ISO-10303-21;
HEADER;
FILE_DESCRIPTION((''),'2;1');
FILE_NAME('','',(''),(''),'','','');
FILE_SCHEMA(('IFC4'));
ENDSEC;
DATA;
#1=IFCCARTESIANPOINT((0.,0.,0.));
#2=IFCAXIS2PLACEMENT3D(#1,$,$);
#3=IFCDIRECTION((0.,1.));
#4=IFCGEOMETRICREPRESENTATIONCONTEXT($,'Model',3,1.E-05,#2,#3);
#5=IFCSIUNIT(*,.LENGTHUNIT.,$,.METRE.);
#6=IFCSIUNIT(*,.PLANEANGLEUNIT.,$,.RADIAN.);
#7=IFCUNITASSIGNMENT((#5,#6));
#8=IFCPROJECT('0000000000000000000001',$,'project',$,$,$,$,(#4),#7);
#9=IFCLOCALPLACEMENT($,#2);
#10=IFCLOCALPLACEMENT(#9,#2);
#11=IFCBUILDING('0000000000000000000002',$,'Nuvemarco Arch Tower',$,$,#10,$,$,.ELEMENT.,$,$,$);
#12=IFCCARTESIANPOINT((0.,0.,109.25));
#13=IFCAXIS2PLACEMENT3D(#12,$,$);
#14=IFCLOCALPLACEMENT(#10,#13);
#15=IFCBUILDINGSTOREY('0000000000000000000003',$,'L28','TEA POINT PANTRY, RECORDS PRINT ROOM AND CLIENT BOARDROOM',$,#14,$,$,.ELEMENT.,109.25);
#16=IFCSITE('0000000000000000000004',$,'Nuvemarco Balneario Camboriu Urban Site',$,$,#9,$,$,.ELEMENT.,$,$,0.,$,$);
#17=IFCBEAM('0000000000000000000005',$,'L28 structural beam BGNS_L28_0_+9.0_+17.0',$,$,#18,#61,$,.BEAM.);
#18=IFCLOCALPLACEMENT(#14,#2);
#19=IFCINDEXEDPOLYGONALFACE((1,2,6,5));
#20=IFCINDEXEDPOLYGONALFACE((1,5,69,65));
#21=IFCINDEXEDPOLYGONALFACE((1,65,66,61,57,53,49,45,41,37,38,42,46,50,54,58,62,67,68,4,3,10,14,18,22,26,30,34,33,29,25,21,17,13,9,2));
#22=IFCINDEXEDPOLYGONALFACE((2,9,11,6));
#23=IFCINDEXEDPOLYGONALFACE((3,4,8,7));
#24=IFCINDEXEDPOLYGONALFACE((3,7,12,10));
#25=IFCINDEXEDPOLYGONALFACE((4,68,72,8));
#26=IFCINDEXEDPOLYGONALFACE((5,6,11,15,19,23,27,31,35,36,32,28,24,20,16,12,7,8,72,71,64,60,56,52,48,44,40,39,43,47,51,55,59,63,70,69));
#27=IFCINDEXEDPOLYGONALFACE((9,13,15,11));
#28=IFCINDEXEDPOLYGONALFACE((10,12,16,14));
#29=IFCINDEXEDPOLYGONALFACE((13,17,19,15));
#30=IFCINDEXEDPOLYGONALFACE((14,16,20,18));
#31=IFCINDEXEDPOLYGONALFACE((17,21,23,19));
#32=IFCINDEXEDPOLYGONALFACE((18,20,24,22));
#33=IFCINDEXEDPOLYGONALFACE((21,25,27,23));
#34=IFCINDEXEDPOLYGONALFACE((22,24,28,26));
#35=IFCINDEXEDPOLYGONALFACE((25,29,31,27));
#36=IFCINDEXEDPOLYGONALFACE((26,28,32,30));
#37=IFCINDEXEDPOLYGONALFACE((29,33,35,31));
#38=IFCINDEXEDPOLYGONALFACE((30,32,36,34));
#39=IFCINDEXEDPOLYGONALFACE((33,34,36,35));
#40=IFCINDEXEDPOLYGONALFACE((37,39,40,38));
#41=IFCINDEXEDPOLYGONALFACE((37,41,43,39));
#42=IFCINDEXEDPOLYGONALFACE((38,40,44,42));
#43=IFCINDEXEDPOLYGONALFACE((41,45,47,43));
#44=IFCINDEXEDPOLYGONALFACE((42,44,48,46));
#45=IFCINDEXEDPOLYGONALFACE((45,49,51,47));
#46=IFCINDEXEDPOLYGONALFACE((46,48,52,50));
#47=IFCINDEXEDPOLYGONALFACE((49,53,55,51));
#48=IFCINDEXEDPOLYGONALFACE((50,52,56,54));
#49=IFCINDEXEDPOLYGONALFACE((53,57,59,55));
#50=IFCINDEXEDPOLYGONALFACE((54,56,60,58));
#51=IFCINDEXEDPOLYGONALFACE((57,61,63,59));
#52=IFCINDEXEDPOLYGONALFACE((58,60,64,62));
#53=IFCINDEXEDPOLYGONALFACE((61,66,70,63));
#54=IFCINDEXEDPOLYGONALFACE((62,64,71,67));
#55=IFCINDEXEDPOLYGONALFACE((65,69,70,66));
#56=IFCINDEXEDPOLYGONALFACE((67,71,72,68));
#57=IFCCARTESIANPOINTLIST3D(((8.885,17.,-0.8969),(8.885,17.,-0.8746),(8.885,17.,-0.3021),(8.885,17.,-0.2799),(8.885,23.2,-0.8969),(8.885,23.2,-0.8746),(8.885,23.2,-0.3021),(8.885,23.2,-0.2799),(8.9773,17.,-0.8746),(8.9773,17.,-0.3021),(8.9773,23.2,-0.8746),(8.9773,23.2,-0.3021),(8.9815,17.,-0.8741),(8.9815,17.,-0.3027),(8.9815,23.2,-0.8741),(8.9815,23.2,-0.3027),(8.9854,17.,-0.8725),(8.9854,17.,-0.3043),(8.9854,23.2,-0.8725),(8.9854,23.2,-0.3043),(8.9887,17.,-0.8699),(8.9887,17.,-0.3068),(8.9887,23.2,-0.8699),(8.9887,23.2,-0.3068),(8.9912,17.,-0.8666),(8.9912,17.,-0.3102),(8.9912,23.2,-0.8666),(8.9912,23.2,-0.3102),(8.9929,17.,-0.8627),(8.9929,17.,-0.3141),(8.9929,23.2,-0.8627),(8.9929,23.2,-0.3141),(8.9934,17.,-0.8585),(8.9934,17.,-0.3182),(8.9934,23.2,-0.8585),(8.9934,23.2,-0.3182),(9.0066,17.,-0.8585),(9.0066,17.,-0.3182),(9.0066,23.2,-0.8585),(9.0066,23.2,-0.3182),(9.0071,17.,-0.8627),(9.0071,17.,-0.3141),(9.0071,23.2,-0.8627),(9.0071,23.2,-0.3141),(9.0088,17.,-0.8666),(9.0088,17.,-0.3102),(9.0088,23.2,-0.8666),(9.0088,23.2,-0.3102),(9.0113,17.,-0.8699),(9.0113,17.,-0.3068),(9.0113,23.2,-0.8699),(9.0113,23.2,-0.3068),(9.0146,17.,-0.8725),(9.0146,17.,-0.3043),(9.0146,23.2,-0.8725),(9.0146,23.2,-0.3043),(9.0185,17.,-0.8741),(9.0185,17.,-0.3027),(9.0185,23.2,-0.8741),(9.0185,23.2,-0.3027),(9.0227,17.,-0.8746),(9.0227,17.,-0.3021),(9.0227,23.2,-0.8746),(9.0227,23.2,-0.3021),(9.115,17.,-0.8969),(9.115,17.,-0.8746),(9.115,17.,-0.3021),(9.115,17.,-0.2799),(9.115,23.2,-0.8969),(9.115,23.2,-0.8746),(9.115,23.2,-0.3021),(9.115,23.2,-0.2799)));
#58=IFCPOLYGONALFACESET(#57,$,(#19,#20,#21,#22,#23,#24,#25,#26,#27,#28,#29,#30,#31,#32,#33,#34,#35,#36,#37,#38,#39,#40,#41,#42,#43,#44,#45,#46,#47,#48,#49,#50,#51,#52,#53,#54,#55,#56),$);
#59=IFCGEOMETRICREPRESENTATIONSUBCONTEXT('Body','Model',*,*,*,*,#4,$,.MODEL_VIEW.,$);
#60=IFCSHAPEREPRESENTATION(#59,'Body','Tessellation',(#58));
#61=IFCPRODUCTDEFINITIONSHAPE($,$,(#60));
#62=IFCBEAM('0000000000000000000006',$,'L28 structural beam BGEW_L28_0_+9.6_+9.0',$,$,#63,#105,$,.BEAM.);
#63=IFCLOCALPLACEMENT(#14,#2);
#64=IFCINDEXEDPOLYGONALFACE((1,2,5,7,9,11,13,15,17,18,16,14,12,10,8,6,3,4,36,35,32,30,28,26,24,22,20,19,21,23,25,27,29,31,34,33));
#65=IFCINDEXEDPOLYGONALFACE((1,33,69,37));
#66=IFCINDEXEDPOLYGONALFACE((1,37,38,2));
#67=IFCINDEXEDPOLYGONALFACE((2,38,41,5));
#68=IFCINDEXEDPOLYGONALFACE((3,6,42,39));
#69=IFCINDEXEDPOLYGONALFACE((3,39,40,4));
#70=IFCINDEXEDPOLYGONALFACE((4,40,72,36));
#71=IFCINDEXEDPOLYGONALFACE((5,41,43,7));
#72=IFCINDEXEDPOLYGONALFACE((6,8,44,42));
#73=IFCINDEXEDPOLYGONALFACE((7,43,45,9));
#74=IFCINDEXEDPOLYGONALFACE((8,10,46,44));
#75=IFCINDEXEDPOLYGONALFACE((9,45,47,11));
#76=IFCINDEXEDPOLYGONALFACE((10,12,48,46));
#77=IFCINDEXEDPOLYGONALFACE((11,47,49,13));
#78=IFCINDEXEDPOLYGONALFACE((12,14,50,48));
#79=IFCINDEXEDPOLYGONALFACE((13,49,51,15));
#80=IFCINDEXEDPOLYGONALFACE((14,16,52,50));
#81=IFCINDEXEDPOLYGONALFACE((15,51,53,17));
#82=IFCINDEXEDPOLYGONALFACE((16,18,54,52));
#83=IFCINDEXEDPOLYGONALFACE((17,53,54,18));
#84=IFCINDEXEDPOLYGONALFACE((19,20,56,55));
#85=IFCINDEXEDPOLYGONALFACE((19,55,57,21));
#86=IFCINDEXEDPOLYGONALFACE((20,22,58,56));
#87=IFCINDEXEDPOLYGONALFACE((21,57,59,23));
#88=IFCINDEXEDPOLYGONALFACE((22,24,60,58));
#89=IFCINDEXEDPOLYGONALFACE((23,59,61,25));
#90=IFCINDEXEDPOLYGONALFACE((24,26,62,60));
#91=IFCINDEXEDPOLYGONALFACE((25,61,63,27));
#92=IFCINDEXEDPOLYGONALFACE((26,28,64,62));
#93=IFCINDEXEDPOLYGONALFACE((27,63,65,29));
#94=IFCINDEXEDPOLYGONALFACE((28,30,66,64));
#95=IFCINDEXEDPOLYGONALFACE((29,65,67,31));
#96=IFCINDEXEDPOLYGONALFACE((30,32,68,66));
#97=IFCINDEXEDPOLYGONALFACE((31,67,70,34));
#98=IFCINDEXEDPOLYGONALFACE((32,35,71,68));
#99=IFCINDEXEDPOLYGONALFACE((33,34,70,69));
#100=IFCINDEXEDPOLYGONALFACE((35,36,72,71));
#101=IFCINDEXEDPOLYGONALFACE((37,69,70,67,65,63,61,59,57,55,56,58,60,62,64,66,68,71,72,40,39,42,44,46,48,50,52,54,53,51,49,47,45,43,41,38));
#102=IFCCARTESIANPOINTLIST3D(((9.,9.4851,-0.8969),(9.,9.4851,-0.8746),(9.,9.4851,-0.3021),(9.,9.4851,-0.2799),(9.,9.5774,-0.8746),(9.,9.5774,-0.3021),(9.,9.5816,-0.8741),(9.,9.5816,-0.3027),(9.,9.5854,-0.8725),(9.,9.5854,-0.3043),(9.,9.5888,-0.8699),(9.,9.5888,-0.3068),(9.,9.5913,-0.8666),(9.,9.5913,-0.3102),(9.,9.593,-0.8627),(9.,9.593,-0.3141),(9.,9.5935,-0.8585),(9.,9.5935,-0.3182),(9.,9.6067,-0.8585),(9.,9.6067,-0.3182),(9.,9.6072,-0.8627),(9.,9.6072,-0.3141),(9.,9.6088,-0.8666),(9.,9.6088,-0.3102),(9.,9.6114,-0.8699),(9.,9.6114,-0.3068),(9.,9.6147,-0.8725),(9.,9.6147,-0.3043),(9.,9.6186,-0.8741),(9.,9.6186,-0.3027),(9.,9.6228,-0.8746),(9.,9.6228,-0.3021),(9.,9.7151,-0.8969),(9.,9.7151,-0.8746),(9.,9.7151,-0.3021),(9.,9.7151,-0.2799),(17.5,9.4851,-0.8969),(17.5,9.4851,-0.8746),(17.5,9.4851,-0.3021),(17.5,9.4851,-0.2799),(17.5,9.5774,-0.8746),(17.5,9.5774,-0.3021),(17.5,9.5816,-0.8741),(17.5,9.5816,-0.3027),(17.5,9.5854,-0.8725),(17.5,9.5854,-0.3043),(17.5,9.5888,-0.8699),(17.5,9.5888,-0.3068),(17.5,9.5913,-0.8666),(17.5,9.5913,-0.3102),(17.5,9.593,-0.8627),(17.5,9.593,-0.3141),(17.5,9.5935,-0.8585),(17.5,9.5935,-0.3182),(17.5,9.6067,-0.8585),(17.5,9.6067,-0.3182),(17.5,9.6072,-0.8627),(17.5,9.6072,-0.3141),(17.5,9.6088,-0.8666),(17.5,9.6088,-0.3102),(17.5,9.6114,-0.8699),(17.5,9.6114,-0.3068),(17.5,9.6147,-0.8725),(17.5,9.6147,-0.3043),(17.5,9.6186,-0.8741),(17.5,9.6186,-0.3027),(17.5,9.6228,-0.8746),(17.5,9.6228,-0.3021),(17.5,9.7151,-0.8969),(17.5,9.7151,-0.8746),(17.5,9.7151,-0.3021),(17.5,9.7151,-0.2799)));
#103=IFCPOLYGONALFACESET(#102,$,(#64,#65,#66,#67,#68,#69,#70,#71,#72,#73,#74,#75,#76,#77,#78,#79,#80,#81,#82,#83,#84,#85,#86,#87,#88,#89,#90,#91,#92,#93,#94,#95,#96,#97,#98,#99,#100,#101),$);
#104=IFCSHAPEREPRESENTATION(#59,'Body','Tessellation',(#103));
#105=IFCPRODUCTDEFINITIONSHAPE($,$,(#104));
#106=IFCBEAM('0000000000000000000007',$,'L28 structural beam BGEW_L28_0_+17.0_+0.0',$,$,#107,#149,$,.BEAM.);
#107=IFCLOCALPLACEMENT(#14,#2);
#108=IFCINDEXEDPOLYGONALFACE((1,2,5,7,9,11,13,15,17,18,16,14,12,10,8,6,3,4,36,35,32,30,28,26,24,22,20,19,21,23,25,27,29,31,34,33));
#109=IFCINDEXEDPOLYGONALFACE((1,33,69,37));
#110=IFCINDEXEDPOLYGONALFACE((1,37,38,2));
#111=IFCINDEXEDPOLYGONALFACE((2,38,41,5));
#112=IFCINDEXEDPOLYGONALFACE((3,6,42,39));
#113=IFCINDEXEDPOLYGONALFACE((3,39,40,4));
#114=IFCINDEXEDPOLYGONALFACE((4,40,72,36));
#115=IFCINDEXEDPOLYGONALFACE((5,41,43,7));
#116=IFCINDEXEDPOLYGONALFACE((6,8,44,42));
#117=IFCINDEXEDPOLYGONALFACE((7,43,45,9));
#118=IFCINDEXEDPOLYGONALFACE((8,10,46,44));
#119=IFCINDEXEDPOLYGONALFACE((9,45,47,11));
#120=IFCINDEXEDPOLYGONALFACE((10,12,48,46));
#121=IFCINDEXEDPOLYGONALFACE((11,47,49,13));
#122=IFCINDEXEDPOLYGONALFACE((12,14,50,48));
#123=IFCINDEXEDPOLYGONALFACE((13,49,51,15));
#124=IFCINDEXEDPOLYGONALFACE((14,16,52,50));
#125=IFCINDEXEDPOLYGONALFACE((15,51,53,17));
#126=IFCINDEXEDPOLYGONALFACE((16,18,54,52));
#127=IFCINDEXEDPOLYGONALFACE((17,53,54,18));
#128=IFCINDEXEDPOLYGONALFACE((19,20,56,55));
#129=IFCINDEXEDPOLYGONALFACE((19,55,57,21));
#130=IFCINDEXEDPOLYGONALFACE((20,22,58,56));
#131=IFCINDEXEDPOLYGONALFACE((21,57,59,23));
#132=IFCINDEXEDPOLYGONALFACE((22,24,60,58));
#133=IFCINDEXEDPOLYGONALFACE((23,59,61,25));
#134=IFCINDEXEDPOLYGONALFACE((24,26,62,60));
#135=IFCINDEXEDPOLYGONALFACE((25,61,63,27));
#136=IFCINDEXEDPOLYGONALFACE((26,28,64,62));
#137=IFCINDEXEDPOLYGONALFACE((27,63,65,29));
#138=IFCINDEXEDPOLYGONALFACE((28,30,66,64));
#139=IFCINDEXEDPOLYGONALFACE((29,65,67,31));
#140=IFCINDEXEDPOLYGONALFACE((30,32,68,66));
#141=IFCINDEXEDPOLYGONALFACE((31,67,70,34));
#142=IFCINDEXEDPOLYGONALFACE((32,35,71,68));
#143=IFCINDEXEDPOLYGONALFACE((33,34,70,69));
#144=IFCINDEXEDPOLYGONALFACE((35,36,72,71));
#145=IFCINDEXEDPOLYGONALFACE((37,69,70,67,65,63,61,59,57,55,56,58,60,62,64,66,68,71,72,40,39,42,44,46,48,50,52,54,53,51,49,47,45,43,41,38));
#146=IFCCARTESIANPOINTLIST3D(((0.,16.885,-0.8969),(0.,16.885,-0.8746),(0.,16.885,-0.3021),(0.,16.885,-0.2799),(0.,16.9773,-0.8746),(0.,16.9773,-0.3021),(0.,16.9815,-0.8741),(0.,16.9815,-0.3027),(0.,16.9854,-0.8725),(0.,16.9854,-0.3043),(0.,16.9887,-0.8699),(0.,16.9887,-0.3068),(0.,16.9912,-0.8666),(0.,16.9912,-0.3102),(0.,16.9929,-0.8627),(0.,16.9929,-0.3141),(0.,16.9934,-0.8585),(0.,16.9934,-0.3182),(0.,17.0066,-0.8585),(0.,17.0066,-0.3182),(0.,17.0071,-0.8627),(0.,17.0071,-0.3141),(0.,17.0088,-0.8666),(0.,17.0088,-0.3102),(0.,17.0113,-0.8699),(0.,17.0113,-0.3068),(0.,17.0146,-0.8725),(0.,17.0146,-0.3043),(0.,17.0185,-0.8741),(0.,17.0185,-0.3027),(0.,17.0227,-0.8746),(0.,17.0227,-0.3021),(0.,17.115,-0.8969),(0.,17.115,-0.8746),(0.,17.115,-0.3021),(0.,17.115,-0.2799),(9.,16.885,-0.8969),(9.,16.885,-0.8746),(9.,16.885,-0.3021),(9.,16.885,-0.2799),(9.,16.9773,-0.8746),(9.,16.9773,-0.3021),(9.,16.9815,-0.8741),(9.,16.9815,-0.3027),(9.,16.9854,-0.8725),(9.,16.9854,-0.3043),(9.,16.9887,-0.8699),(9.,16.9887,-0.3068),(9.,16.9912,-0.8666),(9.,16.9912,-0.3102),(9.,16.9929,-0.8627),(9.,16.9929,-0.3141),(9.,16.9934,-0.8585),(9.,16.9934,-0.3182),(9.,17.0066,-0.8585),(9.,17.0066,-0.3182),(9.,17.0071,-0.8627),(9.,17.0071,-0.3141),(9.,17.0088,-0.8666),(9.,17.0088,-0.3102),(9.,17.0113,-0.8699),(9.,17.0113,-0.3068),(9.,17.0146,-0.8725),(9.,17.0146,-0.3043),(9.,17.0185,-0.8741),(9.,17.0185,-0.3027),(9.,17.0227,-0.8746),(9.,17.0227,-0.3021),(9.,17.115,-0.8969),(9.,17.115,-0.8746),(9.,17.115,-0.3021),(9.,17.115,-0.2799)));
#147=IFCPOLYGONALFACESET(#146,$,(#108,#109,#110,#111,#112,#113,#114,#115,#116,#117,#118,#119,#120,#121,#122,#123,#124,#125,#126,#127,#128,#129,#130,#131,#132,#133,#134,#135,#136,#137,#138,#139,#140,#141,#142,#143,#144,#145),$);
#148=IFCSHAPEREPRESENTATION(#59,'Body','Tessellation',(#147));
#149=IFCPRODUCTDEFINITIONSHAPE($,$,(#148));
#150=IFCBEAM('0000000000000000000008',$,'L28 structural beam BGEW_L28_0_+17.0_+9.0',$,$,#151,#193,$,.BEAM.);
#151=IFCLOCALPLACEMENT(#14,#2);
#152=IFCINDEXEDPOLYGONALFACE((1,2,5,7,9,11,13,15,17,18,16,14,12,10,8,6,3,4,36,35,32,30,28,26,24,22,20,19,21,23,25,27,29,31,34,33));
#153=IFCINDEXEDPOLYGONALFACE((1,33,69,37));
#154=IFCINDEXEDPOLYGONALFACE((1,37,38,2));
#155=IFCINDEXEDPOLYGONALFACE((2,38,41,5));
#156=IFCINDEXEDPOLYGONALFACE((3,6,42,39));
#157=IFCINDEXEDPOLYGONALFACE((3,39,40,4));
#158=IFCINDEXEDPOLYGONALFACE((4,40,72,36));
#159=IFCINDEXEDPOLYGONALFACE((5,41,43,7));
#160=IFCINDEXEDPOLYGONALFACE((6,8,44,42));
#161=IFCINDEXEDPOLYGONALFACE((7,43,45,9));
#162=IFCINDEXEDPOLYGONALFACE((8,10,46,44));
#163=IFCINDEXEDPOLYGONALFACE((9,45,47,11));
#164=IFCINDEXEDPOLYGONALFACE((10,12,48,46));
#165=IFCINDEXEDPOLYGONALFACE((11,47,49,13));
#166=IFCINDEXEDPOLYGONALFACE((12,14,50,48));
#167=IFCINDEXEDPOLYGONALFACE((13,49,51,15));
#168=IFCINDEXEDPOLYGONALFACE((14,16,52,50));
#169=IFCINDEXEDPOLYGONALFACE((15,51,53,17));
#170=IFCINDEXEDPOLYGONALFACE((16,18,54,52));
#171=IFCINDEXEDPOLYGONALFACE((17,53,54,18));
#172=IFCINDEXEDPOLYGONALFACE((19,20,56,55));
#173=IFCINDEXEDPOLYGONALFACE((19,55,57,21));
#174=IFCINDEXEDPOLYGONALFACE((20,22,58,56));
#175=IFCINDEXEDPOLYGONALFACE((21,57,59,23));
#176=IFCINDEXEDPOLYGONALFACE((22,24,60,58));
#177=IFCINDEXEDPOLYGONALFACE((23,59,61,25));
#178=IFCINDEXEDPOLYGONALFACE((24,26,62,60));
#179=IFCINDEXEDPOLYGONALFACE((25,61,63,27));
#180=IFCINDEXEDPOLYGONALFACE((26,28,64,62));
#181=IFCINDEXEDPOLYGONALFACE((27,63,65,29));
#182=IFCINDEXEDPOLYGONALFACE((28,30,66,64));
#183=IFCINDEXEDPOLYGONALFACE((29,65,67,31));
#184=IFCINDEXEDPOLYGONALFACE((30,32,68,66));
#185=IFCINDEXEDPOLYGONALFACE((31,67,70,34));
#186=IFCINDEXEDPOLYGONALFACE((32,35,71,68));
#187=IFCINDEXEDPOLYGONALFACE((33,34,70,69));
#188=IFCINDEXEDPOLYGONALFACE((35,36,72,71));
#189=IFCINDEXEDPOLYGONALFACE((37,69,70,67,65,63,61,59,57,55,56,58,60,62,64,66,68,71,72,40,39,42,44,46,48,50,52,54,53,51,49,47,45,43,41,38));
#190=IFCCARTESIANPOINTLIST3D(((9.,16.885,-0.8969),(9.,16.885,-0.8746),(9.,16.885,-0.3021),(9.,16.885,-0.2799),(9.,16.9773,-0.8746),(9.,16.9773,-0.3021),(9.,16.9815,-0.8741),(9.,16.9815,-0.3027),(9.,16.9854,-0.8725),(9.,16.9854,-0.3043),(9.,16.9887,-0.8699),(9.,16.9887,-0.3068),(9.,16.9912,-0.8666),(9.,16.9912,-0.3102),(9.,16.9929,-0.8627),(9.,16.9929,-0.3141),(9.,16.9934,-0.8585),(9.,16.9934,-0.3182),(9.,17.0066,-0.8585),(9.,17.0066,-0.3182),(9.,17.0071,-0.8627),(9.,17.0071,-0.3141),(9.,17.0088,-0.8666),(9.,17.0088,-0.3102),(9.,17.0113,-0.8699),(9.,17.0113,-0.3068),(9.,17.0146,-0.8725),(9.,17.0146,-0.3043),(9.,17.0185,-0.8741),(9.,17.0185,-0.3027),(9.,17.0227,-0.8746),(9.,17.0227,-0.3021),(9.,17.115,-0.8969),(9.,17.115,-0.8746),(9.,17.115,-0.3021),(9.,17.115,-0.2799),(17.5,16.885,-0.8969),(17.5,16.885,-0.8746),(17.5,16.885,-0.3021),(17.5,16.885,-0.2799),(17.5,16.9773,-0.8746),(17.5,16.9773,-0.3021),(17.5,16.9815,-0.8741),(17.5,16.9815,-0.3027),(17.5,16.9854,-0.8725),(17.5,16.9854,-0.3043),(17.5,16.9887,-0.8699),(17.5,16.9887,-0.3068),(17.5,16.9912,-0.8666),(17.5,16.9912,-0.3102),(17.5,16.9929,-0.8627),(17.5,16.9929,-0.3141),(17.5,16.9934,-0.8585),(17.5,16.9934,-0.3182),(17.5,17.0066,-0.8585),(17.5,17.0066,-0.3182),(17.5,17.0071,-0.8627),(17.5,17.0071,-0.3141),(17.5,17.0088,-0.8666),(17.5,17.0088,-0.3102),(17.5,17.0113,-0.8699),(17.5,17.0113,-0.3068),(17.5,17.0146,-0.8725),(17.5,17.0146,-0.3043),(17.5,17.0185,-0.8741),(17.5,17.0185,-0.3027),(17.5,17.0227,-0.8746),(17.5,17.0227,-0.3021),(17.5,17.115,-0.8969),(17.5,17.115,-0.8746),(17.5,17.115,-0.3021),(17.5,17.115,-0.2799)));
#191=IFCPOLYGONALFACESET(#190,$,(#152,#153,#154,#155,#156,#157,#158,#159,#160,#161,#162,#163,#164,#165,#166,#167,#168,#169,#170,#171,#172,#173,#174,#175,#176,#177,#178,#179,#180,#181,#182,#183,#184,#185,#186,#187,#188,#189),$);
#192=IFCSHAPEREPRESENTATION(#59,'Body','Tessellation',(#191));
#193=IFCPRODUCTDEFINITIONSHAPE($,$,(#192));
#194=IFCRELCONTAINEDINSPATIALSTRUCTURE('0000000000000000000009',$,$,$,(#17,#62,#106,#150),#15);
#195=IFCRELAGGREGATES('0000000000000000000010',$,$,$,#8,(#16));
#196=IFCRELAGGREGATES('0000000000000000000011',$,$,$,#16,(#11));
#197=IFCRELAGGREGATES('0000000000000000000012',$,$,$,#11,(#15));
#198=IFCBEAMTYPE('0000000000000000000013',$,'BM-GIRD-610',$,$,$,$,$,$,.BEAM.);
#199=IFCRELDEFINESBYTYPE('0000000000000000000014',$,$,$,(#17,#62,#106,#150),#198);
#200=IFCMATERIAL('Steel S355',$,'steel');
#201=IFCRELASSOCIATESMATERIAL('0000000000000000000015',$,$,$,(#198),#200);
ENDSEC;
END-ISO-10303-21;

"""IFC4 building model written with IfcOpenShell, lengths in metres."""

from ifc_helpers import new_model, si_unit, direction, frame, origin, origin_2d, place, context, subcontext, project, spatial, i_section, extrude, material, material_profile, profile_set, type_object, element, save


model = new_model("IFC4")

# Units and contexts
model_context = context("Model", 3, precision=1e-05, world=origin(), true_north=direction((0.0, 1.0)))
body_context = subcontext(model_context, "Body", "Model", "MODEL_VIEW")
ifc_project = project(units=[si_unit("LENGTHUNIT", "METRE"), si_unit("PLANEANGLEUNIT", "RADIAN")], contexts=[model_context])

# Site, building, storey
site_placement = place(None, origin())
site = spatial("IfcSite", under=ifc_project, at=site_placement, Name="Nuvemarco Balneario Camboriu Urban Site", CompositionType="ELEMENT", RefElevation=0.0)
building_placement = place(site_placement, origin())
building = spatial("IfcBuilding", under=site, at=building_placement, Name="Nuvemarco Arch Tower", CompositionType="ELEMENT")
storey_placement = place(building_placement, frame((0.0, 0.0, 109.25)))
storey = spatial("IfcBuildingStorey", under=building, at=storey_placement, Name="L28", Description="TEA POINT PANTRY, RECORDS PRINT ROOM AND CLIENT BOARDROOM", CompositionType="ELEMENT", Elevation=109.25)

# Shared definitions
ifc_material_1 = material(Name="Steel S355", Category="steel")

# Beams
ifc_material_profile_1 = material_profile(ifc_material_1, i_section(OverallWidth=0.23, OverallDepth=0.6169, WebThickness=0.0132, FlangeThickness=0.0222, FilletRadius=0.0161, at=origin_2d()), Name="W610x140")
ifc_profile_set_1 = profile_set([ifc_material_profile_1], Name="Steel S355")
beam_type_1 = type_object("IfcBeamType", Name="BM-GIRD-610", PredefinedType="BEAM", material=ifc_profile_set_1)
beam_1_placement = place(storey_placement, frame((9.0, 17.0, -0.5884), z_axis=(0.0, 1.0, 0.0), x_axis=(-1.0, 0.0, 0.0)))
element("IfcBeam", 1, at=beam_1_placement, inside=storey, type_object=beam_type_1, Name="L28 structural beam BGNS_L28_0_+9.0_+17.0", PredefinedType="BEAM", context=body_context, shape_type="SweptSolid", body=[
    extrude(i_section(OverallWidth=0.23, OverallDepth=0.6169, WebThickness=0.0132, FlangeThickness=0.0222, FilletRadius=0.0161, at=origin_2d()), origin(), (0.0, 0.0, 1.0), 6.2),
])
beam_2_placement = place(storey_placement, frame((9.0, 9.6001, -0.5884), z_axis=(1.0, 0.0, 0.0), x_axis=(0.0, 1.0, 0.0)))
element("IfcBeam", 2, at=beam_2_placement, inside=storey, type_object=beam_type_1, Name="L28 structural beam BGEW_L28_0_+9.6_+9.0", PredefinedType="BEAM", context=body_context, shape_type="SweptSolid", body=[
    extrude(i_section(OverallWidth=0.23, OverallDepth=0.6169, WebThickness=0.0132, FlangeThickness=0.0222, FilletRadius=0.0161, at=origin_2d()), origin(), (0.0, 0.0, 1.0), 8.5),
])
beam_3_placement = place(storey_placement, frame((0.0, 17.0, -0.5884), z_axis=(1.0, 0.0, 0.0), x_axis=(0.0, 1.0, 0.0)))
element("IfcBeam", 3, at=beam_3_placement, inside=storey, type_object=beam_type_1, Name="L28 structural beam BGEW_L28_0_+17.0_+0.0", PredefinedType="BEAM", context=body_context, shape_type="SweptSolid", body=[
    extrude(i_section(OverallWidth=0.23, OverallDepth=0.6169, WebThickness=0.0132, FlangeThickness=0.0222, FilletRadius=0.0161, at=origin_2d()), origin(), (0.0, 0.0, 1.0), 9.0),
])
beam_4_placement = place(storey_placement, frame((9.0, 17.0, -0.5884), z_axis=(1.0, 0.0, 0.0), x_axis=(0.0, 1.0, 0.0)))
element("IfcBeam", 4, at=beam_4_placement, inside=storey, type_object=beam_type_1, Name="L28 structural beam BGEW_L28_0_+17.0_+9.0", PredefinedType="BEAM", context=body_context, shape_type="SweptSolid", body=[
    extrude(i_section(OverallWidth=0.23, OverallDepth=0.6169, WebThickness=0.0132, FlangeThickness=0.0222, FilletRadius=0.0161, at=origin_2d()), origin(), (0.0, 0.0, 1.0), 8.5),
])

save(model, "model.ifc")
